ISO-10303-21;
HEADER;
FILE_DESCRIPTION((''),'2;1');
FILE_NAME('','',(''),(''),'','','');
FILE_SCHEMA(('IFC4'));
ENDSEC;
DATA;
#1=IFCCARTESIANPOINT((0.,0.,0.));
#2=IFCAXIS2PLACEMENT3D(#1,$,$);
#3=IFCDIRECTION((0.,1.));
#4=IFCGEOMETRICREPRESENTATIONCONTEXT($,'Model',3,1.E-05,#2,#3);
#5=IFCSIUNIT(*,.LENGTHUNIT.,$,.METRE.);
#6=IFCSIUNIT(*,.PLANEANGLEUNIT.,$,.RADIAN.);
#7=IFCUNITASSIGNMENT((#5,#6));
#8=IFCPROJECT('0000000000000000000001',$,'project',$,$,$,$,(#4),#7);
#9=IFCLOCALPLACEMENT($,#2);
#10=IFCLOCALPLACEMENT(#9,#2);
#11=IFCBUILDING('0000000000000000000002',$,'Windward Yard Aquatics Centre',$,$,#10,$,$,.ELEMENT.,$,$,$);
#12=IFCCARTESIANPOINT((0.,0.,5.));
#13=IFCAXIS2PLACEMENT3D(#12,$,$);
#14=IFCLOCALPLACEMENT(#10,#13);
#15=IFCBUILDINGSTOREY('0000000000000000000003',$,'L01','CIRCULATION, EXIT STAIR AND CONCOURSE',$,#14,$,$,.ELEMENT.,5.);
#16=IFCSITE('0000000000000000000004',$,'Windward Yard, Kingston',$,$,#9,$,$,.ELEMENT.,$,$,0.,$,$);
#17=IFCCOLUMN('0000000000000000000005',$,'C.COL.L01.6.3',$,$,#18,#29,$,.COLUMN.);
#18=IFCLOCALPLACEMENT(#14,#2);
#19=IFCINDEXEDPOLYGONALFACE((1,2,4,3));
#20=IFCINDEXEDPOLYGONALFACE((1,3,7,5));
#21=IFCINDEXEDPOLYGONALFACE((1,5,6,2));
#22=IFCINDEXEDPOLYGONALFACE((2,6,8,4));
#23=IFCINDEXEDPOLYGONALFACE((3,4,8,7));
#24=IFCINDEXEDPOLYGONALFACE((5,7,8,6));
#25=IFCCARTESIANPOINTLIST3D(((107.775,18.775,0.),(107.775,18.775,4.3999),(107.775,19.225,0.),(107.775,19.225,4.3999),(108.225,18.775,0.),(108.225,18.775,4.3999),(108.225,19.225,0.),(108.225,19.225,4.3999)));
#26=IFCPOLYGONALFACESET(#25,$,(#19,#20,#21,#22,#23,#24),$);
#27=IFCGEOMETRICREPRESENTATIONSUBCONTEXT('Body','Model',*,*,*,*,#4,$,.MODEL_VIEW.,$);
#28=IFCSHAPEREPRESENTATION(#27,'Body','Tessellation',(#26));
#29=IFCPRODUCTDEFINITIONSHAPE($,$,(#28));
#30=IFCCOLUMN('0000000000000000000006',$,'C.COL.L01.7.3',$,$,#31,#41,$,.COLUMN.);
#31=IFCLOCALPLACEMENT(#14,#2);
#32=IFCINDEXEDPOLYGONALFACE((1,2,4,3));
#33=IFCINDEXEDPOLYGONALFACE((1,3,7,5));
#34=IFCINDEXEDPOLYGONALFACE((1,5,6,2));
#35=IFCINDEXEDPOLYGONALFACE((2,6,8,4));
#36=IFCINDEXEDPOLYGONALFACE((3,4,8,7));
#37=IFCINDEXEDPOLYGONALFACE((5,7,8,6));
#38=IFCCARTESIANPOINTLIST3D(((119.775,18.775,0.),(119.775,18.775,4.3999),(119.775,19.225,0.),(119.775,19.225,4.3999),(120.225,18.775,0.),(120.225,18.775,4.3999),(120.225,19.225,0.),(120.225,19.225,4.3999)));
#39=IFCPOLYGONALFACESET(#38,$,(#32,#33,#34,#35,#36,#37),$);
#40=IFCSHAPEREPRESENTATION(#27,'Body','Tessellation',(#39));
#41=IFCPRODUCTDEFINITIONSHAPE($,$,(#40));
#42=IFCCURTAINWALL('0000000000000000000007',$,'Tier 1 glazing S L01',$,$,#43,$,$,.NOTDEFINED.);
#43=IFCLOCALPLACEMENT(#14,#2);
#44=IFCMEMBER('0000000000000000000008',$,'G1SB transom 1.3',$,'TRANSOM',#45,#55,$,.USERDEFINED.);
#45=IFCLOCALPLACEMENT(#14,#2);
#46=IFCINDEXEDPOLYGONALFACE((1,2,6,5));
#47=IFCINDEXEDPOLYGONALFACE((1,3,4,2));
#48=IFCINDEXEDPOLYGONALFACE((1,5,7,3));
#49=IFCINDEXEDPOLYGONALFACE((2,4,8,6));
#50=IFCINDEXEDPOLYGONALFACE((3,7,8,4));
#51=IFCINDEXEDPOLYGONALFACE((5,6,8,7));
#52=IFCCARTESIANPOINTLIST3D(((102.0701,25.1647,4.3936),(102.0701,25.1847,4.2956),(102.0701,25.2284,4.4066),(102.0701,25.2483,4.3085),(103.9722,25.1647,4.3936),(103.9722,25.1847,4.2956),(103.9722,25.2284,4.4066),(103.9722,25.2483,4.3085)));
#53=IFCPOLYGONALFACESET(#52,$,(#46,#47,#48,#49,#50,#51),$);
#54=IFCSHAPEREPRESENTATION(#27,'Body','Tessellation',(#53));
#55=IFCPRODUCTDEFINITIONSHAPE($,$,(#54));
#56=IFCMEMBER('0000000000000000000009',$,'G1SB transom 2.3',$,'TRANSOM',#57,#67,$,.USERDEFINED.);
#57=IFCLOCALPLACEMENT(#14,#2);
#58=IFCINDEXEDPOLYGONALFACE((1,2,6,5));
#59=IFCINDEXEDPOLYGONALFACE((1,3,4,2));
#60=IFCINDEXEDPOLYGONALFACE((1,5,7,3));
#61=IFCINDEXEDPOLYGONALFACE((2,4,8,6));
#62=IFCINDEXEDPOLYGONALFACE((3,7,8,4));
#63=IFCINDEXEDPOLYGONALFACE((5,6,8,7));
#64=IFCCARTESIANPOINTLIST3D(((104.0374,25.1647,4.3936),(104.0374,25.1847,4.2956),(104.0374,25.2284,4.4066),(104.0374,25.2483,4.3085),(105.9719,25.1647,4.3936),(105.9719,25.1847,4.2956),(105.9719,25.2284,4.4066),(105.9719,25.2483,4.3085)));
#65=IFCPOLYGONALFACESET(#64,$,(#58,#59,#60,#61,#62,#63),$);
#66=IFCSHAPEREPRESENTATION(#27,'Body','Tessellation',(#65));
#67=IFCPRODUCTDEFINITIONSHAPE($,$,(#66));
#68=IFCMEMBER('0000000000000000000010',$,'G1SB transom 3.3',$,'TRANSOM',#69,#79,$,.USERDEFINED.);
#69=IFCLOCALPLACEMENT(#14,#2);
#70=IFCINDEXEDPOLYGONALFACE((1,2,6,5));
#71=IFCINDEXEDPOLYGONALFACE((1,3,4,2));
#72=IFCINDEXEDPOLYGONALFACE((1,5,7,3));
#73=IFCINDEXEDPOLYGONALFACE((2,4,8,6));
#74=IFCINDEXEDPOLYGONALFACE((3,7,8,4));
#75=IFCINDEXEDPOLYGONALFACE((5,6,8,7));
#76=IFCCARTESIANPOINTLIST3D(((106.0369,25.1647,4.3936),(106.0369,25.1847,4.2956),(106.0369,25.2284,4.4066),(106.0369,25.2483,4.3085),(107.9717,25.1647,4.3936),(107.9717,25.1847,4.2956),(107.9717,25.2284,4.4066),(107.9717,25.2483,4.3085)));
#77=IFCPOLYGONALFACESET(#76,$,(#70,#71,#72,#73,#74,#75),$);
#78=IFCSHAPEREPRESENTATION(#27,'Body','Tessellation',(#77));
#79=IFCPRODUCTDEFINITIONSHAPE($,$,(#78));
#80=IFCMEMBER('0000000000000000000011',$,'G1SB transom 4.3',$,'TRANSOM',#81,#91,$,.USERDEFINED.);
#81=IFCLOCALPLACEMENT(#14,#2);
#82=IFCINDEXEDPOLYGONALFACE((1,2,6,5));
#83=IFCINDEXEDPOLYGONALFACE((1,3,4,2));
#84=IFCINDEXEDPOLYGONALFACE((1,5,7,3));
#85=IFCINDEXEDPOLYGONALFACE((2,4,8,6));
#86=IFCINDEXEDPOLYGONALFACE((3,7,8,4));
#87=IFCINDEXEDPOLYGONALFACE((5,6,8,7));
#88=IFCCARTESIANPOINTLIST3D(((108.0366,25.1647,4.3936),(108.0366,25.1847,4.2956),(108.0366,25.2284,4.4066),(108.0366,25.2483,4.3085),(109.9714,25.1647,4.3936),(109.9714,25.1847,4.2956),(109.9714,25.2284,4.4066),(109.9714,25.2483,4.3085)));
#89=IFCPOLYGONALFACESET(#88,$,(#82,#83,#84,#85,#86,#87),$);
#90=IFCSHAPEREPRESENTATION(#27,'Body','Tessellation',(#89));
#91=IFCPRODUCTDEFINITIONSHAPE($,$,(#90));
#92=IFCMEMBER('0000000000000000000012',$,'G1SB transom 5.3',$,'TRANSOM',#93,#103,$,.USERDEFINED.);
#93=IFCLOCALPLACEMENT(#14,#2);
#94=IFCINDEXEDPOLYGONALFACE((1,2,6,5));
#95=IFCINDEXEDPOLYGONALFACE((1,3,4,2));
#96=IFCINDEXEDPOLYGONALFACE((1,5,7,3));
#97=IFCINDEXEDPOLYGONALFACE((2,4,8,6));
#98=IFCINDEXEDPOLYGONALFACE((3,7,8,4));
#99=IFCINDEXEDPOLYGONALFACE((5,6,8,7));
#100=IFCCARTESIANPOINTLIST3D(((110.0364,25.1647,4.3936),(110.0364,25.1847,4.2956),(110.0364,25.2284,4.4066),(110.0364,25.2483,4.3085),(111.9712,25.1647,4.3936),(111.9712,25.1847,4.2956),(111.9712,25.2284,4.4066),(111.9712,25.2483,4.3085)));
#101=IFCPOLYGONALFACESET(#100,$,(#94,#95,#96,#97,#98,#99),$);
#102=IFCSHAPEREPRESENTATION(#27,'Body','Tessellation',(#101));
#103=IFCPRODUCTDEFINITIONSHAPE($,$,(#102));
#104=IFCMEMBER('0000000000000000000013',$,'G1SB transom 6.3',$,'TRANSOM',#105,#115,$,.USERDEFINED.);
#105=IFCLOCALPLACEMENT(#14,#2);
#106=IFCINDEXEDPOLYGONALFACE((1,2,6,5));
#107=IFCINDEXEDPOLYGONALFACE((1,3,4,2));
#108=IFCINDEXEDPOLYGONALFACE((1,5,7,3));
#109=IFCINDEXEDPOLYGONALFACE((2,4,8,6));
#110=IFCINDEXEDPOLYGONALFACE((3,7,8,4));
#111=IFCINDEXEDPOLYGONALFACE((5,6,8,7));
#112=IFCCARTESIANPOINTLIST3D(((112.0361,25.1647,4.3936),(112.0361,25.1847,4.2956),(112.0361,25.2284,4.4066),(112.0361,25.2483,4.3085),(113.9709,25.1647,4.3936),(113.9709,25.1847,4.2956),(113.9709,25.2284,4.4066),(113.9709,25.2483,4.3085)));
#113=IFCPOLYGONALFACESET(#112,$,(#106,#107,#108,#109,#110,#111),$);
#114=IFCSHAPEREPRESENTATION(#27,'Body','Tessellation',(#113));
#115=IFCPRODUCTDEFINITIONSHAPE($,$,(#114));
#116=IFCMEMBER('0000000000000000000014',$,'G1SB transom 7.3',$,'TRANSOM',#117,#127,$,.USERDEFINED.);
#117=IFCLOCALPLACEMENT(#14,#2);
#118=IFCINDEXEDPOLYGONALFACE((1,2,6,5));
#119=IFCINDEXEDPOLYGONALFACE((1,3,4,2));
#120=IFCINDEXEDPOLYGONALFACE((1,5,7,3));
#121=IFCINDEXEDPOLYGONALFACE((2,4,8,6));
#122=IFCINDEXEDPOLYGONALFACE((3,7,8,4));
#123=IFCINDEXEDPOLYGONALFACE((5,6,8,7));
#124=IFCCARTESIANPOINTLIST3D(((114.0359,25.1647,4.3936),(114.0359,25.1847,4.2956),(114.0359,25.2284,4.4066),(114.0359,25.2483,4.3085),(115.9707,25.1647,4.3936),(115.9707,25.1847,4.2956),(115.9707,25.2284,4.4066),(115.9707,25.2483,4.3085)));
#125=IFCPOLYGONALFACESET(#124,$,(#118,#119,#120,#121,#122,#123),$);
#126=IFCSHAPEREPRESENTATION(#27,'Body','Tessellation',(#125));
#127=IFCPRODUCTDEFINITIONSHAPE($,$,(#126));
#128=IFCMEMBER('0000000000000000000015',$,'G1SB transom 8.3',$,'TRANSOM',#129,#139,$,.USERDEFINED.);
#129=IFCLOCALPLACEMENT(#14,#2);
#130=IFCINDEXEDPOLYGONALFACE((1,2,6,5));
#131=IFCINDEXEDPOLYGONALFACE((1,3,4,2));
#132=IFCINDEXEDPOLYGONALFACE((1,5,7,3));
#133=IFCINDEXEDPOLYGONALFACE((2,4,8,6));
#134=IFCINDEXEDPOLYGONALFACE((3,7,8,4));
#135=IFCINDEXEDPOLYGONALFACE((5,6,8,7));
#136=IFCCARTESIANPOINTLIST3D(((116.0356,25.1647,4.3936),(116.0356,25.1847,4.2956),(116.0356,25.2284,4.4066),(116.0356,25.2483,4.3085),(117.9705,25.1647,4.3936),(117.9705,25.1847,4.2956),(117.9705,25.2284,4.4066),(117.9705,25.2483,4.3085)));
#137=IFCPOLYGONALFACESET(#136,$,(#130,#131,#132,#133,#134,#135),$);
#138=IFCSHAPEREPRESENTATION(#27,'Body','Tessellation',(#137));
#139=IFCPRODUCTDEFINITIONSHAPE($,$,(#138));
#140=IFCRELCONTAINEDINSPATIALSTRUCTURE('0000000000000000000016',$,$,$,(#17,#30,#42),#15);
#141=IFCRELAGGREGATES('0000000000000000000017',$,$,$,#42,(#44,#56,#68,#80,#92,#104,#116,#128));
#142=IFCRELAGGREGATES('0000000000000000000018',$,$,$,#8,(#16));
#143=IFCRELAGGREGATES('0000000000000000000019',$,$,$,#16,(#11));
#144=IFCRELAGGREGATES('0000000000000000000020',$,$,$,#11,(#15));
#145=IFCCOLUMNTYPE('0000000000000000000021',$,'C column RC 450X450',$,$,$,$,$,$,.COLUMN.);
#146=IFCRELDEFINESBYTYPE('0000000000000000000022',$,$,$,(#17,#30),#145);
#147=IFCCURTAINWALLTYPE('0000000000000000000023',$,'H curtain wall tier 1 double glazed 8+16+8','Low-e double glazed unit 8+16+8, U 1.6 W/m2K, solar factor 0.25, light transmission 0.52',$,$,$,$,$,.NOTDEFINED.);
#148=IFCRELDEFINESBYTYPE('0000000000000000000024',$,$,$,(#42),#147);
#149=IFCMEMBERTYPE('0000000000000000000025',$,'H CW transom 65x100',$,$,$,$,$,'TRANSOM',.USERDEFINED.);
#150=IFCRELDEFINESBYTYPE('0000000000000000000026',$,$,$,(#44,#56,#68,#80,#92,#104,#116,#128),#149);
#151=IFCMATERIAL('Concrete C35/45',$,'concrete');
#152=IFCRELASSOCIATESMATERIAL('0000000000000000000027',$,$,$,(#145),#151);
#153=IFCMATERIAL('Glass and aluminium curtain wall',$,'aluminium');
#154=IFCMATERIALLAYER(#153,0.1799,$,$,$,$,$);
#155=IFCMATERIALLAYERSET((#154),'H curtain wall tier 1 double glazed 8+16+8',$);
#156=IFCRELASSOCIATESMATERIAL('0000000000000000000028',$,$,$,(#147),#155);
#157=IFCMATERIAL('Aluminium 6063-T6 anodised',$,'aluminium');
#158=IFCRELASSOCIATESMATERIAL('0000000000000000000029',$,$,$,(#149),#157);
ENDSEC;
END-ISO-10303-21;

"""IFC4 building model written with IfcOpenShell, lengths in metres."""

from ifc_helpers import new_model, si_unit, direction, frame, origin, origin_2d, place, context, subcontext, project, spatial, rectangle, extrude, material, layer, layer_set, material_profile, profile_set, type_object, element, aggregate, save


model = new_model("IFC4")

# Units and contexts
model_context = context("Model", 3, precision=1e-05, world=origin(), true_north=direction((0.0, 1.0)))
body_context = subcontext(model_context, "Body", "Model", "MODEL_VIEW")
ifc_project = project(units=[si_unit("LENGTHUNIT", "METRE"), si_unit("PLANEANGLEUNIT", "RADIAN")], contexts=[model_context])

# Site, building, storey
site_placement = place(None, origin())
site = spatial("IfcSite", under=ifc_project, at=site_placement, Name="Windward Yard, Kingston", CompositionType="ELEMENT", RefElevation=0.0)
building_placement = place(site_placement, origin())
building = spatial("IfcBuilding", under=site, at=building_placement, Name="Windward Yard Aquatics Centre", CompositionType="ELEMENT")
storey_placement = place(building_placement, frame((0.0, 0.0, 5.0)))
storey = spatial("IfcBuildingStorey", under=building, at=storey_placement, Name="L01", Description="CIRCULATION, EXIT STAIR AND CONCOURSE", CompositionType="ELEMENT", Elevation=5.0)

# Columns
ifc_material_1 = material(Name="Concrete C35/45", Category="concrete")
ifc_material_profile_1 = material_profile(ifc_material_1, rectangle(XDim=0.45, YDim=0.45, at=origin_2d()), Name="RC 450X450")
ifc_profile_set_1 = profile_set([ifc_material_profile_1], Name="Concrete C35/45")
column_type = type_object("IfcColumnType", Name="C column RC 450X450", PredefinedType="COLUMN", material=ifc_profile_set_1)
for number, where, z_axis, x_axis, name in (
    (1, (108.0, 19.0, 0.0), (0.0, 0.0, 1.0), (1.0, 0.0, 0.0), "C.COL.L01.6.3"),
    (2, (120.0, 19.0, 0.0), (0.0, 0.0, 1.0), (1.0, 0.0, 0.0), "C.COL.L01.7.3"),
):
    element("IfcColumn", number, at=place(storey_placement, frame(where, z_axis=z_axis, x_axis=x_axis)), inside=storey, type_object=column_type, Name=name, PredefinedType="COLUMN", context=body_context, shape_type="SweptSolid", body=[
        extrude(rectangle(XDim=0.45, YDim=0.45, at=origin_2d()), origin(), (0.0, 0.0, 1.0), 4.3999),
    ])

# Curtain wall, members
ifc_material_2 = material(Name="Glass and aluminium curtain wall", Category="aluminium")
ifc_layer_1 = layer(ifc_material_2, 0.1799)
ifc_layer_set_1 = layer_set([ifc_layer_1], Name="H curtain wall tier 1 double glazed 8+16+8")
curtain_wall_type = type_object("IfcCurtainWallType", Name="H curtain wall tier 1 double glazed 8+16+8", Description="Low-e double glazed unit 8+16+8, U 1.6 W/m2K, solar factor 0.25, light transmission 0.52", PredefinedType="NOTDEFINED", material=ifc_layer_set_1)
curtain_wall_placement = place(storey_placement, origin())
curtain_wall = element("IfcCurtainWall", 3, at=curtain_wall_placement, inside=storey, type_object=curtain_wall_type, Name="Tier 1 glazing S L01", PredefinedType="NOTDEFINED")
ifc_material_3 = material(Name="Aluminium 6063-T6 anodised", Category="aluminium")
ifc_material_profile_2 = material_profile(ifc_material_3, rectangle(XDim=0.0649, YDim=0.1001, at=origin_2d()), Name="H CW transom 65x100")
ifc_profile_set_2 = profile_set([ifc_material_profile_2], Name="Aluminium 6063-T6 anodised")
member_type = type_object("IfcMemberType", Name="H CW transom 65x100", ElementType="TRANSOM", PredefinedType="USERDEFINED", material=ifc_profile_set_2)
member_1_placement = place(storey_placement, frame((102.0701, 25.2065, 4.3511), z_axis=(1.0, 0.0, 0.0), x_axis=(0.0, 0.979925, 0.199368)))
member_1 = element("IfcMember", 4, at=member_1_placement, type_object=member_type, Name="G1SB transom 1.3", ObjectType="TRANSOM", PredefinedType="USERDEFINED", context=body_context, shape_type="SweptSolid", body=[
    extrude(rectangle(XDim=0.0649, YDim=0.1001, at=origin_2d()), origin(), (0.0, 0.0, 1.0), 1.9021),
])
member_2_placement = place(storey_placement, frame((104.0374, 25.2065, 4.3511), z_axis=(1.0, 0.0, 0.0), x_axis=(0.0, 0.979925, 0.199368)))
member_2 = element("IfcMember", 5, at=member_2_placement, type_object=member_type, Name="G1SB transom 2.3", ObjectType="TRANSOM", PredefinedType="USERDEFINED", context=body_context, shape_type="SweptSolid", body=[
    extrude(rectangle(XDim=0.0649, YDim=0.1001, at=origin_2d()), origin(), (0.0, 0.0, 1.0), 1.9346),
])
member_3_placement = place(storey_placement, frame((106.0369, 25.2065, 4.3511), z_axis=(1.0, 0.0, 0.0), x_axis=(0.0, 0.979925, 0.199368)))
member_3 = element("IfcMember", 6, at=member_3_placement, type_object=member_type, Name="G1SB transom 3.3", ObjectType="TRANSOM", PredefinedType="USERDEFINED", context=body_context, shape_type="SweptSolid", body=[
    extrude(rectangle(XDim=0.0649, YDim=0.1001, at=origin_2d()), origin(), (0.0, 0.0, 1.0), 1.9348),
])
member_4_placement = place(storey_placement, frame((108.0366, 25.2065, 4.3511), z_axis=(1.0, 0.0, 0.0), x_axis=(0.0, 0.979925, 0.199368)))
member_4 = element("IfcMember", 7, at=member_4_placement, type_object=member_type, Name="G1SB transom 4.3", ObjectType="TRANSOM", PredefinedType="USERDEFINED", context=body_context, shape_type="SweptSolid", body=[
    extrude(rectangle(XDim=0.0649, YDim=0.1001, at=origin_2d()), origin(), (0.0, 0.0, 1.0), 1.9348),
])
member_5_placement = place(storey_placement, frame((110.0364, 25.2065, 4.3511), z_axis=(1.0, 0.0, 0.0), x_axis=(0.0, 0.979925, 0.199368)))
member_5 = element("IfcMember", 8, at=member_5_placement, type_object=member_type, Name="G1SB transom 5.3", ObjectType="TRANSOM", PredefinedType="USERDEFINED", context=body_context, shape_type="SweptSolid", body=[
    extrude(rectangle(XDim=0.0649, YDim=0.1001, at=origin_2d()), origin(), (0.0, 0.0, 1.0), 1.9348),
])
member_6_placement = place(storey_placement, frame((112.0361, 25.2065, 4.3511), z_axis=(1.0, 0.0, 0.0), x_axis=(0.0, 0.979925, 0.199368)))
member_6 = element("IfcMember", 9, at=member_6_placement, type_object=member_type, Name="G1SB transom 6.3", ObjectType="TRANSOM", PredefinedType="USERDEFINED", context=body_context, shape_type="SweptSolid", body=[
    extrude(rectangle(XDim=0.0649, YDim=0.1001, at=origin_2d()), origin(), (0.0, 0.0, 1.0), 1.9348),
])
member_7_placement = place(storey_placement, frame((114.0359, 25.2065, 4.3511), z_axis=(1.0, 0.0, 0.0), x_axis=(0.0, 0.979925, 0.199368)))
member_7 = element("IfcMember", 10, at=member_7_placement, type_object=member_type, Name="G1SB transom 7.3", ObjectType="TRANSOM", PredefinedType="USERDEFINED", context=body_context, shape_type="SweptSolid", body=[
    extrude(rectangle(XDim=0.0649, YDim=0.1001, at=origin_2d()), origin(), (0.0, 0.0, 1.0), 1.9348),
])
member_8_placement = place(storey_placement, frame((116.0356, 25.2065, 4.3511), z_axis=(1.0, 0.0, 0.0), x_axis=(0.0, 0.979925, 0.199368)))
member_8 = element("IfcMember", 11, at=member_8_placement, type_object=member_type, Name="G1SB transom 8.3", ObjectType="TRANSOM", PredefinedType="USERDEFINED", context=body_context, shape_type="SweptSolid", body=[
    extrude(rectangle(XDim=0.0649, YDim=0.1001, at=origin_2d()), origin(), (0.0, 0.0, 1.0), 1.9348),
])
aggregate(curtain_wall, [member_1, member_2, member_3, member_4, member_5, member_6, member_7, member_8])

save(model, "model.ifc")
